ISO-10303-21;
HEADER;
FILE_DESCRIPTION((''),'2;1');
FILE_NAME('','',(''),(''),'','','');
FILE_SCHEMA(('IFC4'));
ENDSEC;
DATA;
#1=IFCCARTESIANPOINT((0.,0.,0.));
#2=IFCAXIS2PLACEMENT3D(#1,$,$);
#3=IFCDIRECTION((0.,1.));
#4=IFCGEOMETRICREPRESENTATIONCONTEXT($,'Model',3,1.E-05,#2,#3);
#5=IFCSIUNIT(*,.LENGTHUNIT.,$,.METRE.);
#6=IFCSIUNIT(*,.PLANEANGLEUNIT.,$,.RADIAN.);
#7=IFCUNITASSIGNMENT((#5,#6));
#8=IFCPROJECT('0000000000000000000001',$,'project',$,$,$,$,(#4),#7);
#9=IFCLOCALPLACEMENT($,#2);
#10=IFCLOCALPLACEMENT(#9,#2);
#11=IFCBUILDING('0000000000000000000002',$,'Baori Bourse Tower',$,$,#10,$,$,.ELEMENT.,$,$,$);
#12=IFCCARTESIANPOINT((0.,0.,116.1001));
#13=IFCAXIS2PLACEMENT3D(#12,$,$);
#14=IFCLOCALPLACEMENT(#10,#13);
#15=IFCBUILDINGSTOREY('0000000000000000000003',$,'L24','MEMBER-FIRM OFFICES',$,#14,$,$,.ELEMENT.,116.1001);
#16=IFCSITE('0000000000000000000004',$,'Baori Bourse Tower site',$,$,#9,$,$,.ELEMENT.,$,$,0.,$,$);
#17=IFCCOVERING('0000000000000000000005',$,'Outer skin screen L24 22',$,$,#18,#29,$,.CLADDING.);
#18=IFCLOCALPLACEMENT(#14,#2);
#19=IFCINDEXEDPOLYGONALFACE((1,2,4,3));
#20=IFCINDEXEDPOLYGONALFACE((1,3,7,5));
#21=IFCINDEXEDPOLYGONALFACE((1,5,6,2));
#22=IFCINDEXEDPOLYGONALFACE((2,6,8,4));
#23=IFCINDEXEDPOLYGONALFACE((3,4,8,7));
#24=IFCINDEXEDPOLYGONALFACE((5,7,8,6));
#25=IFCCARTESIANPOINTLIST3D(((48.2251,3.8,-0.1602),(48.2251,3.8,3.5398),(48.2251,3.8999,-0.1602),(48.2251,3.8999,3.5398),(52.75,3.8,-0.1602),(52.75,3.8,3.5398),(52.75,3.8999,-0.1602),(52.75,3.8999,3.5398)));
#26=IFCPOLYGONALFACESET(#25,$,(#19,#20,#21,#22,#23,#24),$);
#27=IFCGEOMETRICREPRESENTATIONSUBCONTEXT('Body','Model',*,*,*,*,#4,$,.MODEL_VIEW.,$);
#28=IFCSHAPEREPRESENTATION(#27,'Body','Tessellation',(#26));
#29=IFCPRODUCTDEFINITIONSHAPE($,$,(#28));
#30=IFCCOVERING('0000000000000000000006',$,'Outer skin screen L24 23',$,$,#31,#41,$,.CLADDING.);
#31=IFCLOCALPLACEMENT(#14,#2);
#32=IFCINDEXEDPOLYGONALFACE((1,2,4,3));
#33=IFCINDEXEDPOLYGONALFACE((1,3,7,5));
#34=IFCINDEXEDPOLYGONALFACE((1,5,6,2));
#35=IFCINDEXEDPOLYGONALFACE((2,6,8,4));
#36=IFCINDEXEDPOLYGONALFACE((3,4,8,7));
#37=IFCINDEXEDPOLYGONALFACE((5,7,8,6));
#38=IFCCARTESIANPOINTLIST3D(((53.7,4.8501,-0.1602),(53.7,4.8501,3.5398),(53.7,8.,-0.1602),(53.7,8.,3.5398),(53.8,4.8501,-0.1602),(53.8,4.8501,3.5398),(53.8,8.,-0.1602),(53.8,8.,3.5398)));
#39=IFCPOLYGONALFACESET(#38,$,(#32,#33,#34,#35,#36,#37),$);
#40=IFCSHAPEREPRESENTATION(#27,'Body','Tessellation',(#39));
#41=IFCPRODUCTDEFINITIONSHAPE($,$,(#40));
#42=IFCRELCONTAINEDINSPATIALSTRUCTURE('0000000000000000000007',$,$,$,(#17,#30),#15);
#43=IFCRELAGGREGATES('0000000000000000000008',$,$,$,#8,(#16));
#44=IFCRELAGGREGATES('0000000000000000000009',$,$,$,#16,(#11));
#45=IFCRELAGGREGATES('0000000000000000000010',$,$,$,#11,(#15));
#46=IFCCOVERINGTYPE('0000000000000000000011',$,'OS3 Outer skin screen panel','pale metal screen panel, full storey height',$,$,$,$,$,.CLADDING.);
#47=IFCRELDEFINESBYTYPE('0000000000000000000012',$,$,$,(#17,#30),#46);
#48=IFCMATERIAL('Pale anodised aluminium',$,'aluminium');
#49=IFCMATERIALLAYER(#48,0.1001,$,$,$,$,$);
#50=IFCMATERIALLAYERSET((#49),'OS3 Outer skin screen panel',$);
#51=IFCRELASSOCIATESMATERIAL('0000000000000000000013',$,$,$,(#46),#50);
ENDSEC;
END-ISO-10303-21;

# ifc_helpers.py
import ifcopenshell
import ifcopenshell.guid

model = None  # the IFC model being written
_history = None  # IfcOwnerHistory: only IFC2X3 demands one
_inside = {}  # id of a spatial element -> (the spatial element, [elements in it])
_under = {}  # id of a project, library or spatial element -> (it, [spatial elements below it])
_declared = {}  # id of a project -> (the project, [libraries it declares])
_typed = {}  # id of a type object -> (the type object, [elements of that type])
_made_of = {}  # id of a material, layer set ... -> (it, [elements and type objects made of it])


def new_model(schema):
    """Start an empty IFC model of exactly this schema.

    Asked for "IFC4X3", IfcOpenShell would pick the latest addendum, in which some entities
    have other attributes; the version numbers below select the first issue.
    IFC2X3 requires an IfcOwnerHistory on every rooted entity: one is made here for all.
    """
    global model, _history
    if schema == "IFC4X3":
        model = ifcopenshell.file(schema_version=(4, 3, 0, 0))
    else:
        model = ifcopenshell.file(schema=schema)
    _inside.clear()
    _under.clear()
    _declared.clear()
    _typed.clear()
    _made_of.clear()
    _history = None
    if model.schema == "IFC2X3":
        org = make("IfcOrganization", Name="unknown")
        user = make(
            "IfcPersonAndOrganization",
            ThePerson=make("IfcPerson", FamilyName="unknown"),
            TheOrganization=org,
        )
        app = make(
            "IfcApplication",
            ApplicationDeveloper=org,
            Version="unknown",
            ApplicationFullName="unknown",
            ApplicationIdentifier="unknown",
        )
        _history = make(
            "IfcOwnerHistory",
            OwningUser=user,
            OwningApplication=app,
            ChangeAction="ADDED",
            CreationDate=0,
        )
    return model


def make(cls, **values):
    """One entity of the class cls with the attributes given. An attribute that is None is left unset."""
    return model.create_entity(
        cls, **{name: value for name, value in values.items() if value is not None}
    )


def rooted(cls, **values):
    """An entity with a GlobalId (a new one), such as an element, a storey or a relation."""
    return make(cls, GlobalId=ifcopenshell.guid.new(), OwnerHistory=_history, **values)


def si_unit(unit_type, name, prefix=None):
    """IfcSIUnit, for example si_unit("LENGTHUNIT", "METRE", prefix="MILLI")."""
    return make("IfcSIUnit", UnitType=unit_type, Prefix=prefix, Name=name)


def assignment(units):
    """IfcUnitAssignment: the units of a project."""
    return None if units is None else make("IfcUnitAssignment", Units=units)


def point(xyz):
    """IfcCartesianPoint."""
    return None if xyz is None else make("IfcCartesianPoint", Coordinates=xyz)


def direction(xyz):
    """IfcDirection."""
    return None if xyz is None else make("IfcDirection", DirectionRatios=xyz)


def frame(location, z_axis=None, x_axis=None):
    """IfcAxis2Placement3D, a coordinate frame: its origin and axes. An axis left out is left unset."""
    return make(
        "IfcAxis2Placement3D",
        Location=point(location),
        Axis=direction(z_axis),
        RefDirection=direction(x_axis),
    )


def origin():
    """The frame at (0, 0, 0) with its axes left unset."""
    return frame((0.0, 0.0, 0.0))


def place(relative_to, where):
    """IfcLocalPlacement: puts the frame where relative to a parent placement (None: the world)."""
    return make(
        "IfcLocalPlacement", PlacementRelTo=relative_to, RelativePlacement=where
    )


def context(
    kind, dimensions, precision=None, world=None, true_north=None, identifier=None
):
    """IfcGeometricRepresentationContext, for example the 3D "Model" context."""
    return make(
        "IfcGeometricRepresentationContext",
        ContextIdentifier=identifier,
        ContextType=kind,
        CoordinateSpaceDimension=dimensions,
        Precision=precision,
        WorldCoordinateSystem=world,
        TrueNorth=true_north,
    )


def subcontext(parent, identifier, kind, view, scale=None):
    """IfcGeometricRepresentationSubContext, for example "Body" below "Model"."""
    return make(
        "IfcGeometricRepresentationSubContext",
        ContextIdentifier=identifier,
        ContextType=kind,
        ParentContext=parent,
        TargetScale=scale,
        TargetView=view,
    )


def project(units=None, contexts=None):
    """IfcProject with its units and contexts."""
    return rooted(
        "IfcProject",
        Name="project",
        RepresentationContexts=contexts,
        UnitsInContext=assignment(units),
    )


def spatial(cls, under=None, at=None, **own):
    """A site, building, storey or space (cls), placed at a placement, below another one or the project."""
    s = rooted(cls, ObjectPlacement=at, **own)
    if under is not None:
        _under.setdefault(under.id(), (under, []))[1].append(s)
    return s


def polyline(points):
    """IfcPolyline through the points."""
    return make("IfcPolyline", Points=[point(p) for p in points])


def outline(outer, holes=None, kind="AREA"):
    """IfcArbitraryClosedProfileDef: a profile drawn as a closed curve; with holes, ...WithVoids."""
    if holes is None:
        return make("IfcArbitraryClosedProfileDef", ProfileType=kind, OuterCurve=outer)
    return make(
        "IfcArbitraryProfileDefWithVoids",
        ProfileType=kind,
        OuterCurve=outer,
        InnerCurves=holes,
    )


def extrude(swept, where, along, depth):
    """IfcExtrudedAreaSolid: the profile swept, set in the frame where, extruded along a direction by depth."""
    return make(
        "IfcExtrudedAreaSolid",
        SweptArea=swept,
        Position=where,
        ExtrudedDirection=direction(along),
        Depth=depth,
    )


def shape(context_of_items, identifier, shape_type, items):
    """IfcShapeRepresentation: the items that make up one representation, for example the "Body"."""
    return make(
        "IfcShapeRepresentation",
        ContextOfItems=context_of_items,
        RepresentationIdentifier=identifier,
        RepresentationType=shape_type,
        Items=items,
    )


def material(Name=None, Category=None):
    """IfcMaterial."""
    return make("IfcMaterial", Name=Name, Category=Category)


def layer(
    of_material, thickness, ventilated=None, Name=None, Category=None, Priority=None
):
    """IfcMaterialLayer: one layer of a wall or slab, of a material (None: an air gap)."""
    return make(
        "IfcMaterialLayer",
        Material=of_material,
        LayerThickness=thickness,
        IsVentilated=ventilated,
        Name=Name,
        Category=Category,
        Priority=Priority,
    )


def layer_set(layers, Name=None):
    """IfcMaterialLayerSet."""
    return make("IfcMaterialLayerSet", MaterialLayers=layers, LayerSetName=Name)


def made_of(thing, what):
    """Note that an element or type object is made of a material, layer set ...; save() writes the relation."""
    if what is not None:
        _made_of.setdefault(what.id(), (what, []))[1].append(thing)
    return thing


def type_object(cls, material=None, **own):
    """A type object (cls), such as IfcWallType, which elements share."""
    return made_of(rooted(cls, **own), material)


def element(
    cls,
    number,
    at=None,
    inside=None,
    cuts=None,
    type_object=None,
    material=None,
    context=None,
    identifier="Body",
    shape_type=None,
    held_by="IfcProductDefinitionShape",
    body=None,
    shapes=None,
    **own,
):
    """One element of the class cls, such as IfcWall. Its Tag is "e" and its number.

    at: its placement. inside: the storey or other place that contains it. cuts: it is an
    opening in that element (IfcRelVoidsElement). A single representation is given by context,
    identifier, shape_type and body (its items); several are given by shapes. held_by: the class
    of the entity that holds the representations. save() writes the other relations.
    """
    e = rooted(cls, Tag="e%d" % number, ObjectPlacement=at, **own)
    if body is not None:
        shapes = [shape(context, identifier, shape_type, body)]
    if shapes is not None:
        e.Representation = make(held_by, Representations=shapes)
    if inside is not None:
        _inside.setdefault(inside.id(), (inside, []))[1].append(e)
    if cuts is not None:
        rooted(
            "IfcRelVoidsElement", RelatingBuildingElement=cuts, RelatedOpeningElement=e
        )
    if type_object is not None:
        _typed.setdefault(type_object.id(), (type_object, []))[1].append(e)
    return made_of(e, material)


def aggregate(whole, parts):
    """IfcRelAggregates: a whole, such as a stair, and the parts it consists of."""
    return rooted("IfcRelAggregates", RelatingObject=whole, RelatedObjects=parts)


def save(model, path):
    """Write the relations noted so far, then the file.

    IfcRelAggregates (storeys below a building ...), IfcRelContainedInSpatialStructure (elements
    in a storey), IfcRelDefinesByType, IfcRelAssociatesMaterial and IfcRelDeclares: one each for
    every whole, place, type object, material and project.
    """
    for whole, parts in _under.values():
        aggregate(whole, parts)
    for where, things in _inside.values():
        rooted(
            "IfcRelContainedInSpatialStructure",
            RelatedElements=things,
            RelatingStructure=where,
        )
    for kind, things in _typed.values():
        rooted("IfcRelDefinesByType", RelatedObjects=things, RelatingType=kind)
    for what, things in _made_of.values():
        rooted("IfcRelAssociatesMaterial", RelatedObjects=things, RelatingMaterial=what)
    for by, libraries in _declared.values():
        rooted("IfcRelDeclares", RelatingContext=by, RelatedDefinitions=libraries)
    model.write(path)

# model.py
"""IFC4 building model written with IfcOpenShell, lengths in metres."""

from ifc_helpers import new_model, si_unit, direction, frame, origin, place, context, subcontext, project, spatial, polyline, outline, extrude, material, layer, layer_set, type_object, element, save


model = new_model("IFC4")

# Units and contexts
model_context = context("Model", 3, precision=1e-05, world=origin(), true_north=direction((0.0, 1.0)))
body_context = subcontext(model_context, "Body", "Model", "MODEL_VIEW")
ifc_project = project(units=[si_unit("LENGTHUNIT", "METRE"), si_unit("PLANEANGLEUNIT", "RADIAN")], contexts=[model_context])

# Site, building, storey
site_placement = place(None, origin())
site = spatial("IfcSite", under=ifc_project, at=site_placement, Name="Baori Bourse Tower site", CompositionType="ELEMENT", RefElevation=0.0)
building_placement = place(site_placement, origin())
building = spatial("IfcBuilding", under=site, at=building_placement, Name="Baori Bourse Tower", CompositionType="ELEMENT")
storey_placement = place(building_placement, frame((0.0, 0.0, 116.1001)))
storey = spatial("IfcBuildingStorey", under=building, at=storey_placement, Name="L24", Description="MEMBER-FIRM OFFICES", CompositionType="ELEMENT", Elevation=116.1001)

# Coverings
ifc_material_1 = material(Name="Pale anodised aluminium", Category="aluminium")
ifc_layer = layer(ifc_material_1, 0.1001)
ifc_layer_set = layer_set([ifc_layer], Name="OS3 Outer skin screen panel")
covering_type_1 = type_object("IfcCoveringType", Name="OS3 Outer skin screen panel", Description="pale metal screen panel, full storey height", PredefinedType="CLADDING", material=ifc_layer_set)
covering_1_placement = place(storey_placement, frame((0.0, 0.0, -0.1602)))
element("IfcCovering", 1, at=covering_1_placement, inside=storey, type_object=covering_type_1, Name="Outer skin screen L24 22", PredefinedType="CLADDING", context=body_context, shape_type="SweptSolid", body=[
    extrude(outline(polyline([(52.75, 3.8999), (48.2251, 3.8999), (48.2251, 3.8), (52.75, 3.8), (52.75, 3.8999)])), origin(), (0.0, 0.0, 1.0), 3.7),
])
covering_2_placement = place(storey_placement, frame((0.0, 0.0, -0.1602)))
element("IfcCovering", 2, at=covering_2_placement, inside=storey, type_object=covering_type_1, Name="Outer skin screen L24 23", PredefinedType="CLADDING", context=body_context, shape_type="SweptSolid", body=[
    extrude(outline(polyline([(53.7, 8.0), (53.7, 4.8501), (53.8, 4.8501), (53.8, 8.0), (53.7, 8.0)])), origin(), (0.0, 0.0, 1.0), 3.7),
])

save(model, "model.ifc")
